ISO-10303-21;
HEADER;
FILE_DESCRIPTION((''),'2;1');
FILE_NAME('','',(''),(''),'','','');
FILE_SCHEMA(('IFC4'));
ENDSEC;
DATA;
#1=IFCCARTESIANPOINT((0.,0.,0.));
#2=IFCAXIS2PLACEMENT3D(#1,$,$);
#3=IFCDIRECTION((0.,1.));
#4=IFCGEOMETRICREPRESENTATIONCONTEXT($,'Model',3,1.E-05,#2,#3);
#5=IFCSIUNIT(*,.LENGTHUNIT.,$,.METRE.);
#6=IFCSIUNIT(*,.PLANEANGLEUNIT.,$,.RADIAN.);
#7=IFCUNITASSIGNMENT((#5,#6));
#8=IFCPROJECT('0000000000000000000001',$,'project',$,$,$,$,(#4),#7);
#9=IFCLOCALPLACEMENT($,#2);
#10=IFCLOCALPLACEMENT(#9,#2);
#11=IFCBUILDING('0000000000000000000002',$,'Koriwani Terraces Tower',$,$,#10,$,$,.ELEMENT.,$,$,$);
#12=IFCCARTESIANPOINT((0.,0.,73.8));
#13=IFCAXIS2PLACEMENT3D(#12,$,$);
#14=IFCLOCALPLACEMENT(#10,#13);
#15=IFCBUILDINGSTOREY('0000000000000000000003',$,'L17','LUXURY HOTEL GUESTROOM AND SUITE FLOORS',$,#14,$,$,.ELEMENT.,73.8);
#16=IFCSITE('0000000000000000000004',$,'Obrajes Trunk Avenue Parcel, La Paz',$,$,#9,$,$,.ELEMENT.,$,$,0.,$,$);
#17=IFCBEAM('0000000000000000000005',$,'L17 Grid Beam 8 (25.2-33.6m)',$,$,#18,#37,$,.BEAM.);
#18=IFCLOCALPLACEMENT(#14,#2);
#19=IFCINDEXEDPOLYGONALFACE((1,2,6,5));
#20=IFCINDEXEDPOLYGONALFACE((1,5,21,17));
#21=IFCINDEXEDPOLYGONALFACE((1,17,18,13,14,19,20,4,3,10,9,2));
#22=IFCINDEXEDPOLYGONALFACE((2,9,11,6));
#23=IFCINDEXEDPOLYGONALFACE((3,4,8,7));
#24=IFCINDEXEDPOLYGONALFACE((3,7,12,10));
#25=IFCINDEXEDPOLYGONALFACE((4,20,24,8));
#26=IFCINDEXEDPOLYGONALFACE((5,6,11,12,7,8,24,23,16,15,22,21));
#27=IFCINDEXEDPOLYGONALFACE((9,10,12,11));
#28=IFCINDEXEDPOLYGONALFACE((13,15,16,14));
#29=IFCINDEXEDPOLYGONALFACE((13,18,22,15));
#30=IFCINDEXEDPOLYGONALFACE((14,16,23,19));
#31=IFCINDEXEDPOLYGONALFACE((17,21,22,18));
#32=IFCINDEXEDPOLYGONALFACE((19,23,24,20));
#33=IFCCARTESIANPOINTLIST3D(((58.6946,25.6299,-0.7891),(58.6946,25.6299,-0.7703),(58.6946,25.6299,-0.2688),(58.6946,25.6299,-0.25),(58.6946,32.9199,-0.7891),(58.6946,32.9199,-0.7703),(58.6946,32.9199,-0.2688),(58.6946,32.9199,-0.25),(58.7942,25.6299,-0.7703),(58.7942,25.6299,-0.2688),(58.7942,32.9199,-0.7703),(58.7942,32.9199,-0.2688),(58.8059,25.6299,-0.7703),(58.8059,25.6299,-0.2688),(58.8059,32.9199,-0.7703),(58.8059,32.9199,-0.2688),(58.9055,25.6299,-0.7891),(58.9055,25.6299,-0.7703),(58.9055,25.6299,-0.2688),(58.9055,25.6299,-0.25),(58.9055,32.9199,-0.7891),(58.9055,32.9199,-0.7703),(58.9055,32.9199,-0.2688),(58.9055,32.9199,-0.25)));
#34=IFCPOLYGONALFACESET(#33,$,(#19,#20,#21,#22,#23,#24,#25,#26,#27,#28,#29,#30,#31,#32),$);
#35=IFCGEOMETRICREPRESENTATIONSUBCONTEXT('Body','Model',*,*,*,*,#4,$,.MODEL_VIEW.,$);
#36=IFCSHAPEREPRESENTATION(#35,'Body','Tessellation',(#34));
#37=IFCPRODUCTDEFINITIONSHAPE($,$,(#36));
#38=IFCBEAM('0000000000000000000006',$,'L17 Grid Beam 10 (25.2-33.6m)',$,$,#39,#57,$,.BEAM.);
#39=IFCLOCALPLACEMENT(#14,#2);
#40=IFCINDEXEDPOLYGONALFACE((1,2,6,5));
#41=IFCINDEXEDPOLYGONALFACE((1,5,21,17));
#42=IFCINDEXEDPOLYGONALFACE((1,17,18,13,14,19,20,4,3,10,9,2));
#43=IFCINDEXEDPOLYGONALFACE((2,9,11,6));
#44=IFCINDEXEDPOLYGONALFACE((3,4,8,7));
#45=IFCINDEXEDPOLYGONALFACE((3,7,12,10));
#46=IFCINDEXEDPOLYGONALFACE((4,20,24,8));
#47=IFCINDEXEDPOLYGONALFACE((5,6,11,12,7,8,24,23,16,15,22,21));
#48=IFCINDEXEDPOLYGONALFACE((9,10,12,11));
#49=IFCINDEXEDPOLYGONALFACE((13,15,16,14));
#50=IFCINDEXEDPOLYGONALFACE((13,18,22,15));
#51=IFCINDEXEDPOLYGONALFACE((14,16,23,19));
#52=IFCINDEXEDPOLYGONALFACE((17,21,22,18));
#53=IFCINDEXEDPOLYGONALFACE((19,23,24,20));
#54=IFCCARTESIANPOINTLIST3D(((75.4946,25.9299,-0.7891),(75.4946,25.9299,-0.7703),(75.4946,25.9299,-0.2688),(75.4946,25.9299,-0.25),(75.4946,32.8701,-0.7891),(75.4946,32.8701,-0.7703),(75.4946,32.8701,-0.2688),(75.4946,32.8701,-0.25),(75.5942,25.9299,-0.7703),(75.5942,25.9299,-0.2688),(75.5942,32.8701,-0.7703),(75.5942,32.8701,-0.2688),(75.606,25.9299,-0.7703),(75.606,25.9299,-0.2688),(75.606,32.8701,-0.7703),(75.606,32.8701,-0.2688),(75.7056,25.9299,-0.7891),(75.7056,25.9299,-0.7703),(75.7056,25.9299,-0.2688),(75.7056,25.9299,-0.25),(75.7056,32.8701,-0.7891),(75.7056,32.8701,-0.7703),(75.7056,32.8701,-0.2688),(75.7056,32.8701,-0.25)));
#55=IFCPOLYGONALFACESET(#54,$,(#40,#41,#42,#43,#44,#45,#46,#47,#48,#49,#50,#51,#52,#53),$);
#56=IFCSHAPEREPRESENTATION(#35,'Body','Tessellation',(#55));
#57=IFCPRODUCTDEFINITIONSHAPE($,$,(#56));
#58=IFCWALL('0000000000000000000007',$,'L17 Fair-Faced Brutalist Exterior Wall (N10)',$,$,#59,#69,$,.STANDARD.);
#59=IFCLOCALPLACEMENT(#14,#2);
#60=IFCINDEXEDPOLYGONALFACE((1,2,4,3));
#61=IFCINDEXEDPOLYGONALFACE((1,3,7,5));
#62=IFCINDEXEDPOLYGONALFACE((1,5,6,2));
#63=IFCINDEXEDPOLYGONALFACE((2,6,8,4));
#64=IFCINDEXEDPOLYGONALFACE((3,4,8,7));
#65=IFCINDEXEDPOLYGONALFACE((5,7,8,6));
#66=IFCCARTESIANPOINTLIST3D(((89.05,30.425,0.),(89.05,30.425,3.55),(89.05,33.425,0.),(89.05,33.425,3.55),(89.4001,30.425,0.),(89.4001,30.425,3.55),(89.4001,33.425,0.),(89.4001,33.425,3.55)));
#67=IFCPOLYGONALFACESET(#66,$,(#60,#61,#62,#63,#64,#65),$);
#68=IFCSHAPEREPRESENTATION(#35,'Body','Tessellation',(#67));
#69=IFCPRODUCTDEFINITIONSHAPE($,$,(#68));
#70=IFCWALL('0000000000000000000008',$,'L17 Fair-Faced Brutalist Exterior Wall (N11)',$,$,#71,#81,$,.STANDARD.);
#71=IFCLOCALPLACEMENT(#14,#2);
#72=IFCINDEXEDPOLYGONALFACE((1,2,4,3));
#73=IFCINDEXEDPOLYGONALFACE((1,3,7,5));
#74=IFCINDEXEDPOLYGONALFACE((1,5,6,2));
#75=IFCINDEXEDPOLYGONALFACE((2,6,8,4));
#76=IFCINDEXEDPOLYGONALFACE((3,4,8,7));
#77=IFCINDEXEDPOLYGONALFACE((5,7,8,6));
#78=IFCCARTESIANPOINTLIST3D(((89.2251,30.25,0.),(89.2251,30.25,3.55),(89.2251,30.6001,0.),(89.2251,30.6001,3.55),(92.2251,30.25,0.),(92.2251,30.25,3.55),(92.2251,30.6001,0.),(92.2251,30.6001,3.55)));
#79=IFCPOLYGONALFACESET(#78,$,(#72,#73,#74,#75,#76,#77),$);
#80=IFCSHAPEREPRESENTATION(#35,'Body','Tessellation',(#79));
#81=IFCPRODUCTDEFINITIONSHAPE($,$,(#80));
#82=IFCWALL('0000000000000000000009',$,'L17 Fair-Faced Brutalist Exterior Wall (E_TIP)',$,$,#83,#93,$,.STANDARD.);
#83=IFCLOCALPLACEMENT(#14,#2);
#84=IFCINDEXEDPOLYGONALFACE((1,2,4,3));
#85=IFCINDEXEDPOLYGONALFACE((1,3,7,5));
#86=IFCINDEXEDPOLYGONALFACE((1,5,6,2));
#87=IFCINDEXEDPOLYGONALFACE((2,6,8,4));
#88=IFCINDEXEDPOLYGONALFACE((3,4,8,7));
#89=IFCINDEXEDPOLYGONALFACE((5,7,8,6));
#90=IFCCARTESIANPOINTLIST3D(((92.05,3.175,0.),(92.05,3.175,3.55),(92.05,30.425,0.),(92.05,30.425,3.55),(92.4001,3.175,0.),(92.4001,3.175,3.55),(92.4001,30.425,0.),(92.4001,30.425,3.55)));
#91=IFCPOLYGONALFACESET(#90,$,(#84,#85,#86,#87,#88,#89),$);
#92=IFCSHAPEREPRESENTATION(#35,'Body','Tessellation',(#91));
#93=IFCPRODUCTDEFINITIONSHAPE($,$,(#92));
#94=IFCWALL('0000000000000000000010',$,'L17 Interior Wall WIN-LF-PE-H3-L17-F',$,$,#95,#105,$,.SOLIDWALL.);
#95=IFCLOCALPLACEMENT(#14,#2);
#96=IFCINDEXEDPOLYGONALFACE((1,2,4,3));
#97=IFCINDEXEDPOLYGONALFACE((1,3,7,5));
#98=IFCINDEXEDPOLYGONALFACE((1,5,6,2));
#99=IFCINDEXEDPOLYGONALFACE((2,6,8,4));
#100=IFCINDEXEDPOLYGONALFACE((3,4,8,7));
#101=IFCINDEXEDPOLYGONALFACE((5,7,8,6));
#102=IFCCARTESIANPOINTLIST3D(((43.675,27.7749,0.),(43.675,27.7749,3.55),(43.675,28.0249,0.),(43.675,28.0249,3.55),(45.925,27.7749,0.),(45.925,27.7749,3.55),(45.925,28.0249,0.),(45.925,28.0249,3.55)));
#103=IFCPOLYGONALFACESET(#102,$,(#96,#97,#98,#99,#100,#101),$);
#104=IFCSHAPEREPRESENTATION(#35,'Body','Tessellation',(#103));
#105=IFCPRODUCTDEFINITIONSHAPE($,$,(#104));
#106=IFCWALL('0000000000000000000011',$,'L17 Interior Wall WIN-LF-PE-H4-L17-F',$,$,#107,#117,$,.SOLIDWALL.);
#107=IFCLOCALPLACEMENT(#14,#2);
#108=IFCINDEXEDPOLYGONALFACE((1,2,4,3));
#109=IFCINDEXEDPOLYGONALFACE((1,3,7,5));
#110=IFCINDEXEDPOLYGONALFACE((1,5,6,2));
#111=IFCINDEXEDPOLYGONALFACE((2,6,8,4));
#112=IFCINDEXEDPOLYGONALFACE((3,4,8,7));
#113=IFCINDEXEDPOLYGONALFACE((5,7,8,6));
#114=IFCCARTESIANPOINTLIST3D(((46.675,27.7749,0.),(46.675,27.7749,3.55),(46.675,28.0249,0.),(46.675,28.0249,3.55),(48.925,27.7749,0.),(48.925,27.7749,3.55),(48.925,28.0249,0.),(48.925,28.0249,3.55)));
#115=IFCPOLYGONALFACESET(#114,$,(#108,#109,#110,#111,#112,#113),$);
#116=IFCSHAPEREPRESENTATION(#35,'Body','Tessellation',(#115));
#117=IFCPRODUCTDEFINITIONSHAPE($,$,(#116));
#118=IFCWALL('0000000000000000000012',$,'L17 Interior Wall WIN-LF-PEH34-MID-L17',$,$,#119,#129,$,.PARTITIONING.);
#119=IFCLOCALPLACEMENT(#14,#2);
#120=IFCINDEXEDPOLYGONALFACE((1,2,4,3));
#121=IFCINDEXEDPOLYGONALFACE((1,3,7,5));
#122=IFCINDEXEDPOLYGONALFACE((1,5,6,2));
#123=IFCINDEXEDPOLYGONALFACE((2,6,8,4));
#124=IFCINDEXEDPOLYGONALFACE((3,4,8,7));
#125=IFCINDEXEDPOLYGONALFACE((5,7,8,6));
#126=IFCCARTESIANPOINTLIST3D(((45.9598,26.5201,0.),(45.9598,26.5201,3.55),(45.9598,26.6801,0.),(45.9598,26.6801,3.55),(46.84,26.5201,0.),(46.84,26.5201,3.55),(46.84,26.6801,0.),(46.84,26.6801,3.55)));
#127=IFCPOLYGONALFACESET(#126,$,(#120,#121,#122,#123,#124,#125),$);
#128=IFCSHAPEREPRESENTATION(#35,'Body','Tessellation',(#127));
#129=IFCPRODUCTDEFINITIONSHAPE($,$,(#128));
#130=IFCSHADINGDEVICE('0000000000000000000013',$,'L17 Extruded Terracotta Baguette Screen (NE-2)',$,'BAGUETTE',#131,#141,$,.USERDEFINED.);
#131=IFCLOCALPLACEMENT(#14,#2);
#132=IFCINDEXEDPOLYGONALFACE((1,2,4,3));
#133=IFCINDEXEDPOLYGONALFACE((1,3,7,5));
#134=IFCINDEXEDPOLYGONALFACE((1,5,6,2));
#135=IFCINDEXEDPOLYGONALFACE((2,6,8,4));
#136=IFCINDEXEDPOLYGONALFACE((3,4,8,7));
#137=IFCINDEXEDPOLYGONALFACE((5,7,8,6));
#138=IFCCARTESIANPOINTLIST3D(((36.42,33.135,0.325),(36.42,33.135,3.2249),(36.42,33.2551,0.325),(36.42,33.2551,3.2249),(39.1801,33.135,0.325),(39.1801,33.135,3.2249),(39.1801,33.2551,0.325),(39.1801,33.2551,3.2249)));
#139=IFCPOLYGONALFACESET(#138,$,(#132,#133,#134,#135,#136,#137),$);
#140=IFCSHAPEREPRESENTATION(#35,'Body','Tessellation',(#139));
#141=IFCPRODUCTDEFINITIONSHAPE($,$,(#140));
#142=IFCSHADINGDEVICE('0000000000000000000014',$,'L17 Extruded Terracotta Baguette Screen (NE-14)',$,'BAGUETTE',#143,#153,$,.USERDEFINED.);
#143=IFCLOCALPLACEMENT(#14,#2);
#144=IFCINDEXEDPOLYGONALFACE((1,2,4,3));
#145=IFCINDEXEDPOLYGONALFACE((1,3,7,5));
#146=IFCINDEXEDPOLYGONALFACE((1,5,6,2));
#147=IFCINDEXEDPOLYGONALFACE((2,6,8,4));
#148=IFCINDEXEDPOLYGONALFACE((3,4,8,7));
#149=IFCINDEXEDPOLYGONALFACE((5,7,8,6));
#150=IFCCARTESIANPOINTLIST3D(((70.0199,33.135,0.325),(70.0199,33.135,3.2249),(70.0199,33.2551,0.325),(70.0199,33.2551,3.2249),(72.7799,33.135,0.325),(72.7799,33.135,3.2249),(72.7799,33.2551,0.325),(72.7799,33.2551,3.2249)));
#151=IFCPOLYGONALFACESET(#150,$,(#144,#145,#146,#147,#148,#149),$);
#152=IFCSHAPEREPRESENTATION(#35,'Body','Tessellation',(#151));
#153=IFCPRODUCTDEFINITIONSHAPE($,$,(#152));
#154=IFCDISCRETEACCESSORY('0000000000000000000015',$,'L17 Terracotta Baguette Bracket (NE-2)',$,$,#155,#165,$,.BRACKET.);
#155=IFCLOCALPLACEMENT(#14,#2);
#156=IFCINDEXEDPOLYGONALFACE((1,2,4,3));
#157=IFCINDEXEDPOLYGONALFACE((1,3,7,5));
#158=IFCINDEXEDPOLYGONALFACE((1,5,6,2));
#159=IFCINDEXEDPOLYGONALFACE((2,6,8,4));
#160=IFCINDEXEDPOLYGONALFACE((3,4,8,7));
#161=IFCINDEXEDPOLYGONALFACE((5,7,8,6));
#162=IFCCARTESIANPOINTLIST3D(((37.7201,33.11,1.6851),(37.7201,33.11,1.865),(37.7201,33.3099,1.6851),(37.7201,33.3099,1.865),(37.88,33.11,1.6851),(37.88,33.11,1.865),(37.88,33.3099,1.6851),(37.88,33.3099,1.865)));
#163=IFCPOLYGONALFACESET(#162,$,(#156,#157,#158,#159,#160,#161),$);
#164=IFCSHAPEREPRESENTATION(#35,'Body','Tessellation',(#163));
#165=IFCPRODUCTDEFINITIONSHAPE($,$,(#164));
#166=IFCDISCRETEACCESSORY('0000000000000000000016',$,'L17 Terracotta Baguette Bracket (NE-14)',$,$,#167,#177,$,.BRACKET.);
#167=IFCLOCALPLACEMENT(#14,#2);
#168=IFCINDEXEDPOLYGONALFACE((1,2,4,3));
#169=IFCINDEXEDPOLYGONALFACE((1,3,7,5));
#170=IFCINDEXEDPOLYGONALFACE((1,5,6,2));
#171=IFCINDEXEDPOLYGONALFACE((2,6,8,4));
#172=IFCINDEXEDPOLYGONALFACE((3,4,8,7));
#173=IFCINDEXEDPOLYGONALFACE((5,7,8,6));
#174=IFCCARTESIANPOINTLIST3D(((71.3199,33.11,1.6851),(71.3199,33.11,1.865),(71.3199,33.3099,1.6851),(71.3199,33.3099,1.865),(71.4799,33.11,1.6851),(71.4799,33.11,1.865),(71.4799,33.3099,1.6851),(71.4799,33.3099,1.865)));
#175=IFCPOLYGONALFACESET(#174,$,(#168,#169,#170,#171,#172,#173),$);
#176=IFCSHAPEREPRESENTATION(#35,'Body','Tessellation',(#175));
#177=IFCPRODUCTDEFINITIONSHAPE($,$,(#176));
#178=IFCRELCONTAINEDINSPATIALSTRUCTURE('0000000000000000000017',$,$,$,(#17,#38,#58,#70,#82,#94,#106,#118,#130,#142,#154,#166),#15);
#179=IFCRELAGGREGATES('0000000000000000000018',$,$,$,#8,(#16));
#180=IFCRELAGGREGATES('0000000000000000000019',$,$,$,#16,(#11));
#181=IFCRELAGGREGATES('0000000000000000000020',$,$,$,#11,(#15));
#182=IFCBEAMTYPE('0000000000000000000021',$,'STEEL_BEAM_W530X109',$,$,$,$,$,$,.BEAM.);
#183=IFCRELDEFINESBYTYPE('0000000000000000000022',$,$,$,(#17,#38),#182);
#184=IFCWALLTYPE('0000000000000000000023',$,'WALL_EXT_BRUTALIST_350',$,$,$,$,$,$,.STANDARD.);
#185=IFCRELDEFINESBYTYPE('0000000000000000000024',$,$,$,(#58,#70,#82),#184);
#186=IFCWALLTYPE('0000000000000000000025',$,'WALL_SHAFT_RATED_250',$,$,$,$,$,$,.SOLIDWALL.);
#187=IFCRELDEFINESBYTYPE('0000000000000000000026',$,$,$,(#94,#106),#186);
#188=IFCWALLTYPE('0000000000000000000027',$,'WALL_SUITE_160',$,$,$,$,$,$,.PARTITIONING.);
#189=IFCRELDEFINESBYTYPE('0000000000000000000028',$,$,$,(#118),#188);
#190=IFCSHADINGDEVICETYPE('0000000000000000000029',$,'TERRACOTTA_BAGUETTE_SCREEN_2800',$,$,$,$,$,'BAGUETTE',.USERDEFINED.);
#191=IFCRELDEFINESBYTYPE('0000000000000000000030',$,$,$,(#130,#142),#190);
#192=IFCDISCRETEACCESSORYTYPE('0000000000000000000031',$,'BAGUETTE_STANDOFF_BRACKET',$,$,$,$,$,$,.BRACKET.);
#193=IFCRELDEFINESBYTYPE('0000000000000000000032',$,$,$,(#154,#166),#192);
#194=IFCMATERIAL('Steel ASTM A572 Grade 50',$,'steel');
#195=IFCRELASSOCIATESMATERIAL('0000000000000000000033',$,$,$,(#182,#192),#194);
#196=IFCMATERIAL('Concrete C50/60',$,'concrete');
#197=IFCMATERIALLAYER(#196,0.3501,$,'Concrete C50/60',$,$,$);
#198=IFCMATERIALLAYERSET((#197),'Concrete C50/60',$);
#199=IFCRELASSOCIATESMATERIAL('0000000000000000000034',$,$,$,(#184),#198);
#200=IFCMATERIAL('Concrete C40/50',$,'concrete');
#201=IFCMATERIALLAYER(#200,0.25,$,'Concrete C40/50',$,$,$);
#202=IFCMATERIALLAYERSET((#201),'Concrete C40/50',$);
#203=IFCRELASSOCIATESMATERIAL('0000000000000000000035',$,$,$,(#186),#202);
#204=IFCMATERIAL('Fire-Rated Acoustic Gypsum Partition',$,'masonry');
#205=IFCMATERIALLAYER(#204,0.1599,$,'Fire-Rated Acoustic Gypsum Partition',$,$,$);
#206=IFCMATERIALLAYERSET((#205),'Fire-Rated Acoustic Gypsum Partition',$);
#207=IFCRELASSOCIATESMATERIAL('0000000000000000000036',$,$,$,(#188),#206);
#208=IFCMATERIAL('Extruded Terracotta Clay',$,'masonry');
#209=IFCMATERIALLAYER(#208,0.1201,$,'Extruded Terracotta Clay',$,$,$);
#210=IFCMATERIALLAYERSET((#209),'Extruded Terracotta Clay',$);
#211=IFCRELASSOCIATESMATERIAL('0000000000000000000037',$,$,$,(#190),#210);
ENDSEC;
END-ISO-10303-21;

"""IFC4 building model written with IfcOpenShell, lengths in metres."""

from ifc_helpers import new_model, si_unit, direction, frame, frame_2d, origin, origin_2d, place, context, subcontext, project, spatial, rectangle, i_section, extrude, material, layer, layer_set, material_profile, profile_set, type_object, element, save


model = new_model("IFC4")

# Units and contexts
model_context = context("Model", 3, precision=1e-05, world=origin(), true_north=direction((0.0, 1.0)))
body_context = subcontext(model_context, "Body", "Model", "MODEL_VIEW")
ifc_project = project(units=[si_unit("LENGTHUNIT", "METRE"), si_unit("PLANEANGLEUNIT", "RADIAN")], contexts=[model_context])

# Site, building, storey
site_placement = place(None, origin())
site = spatial("IfcSite", under=ifc_project, at=site_placement, Name="Obrajes Trunk Avenue Parcel, La Paz", CompositionType="ELEMENT", RefElevation=0.0)
building_placement = place(site_placement, origin())
building = spatial("IfcBuilding", under=site, at=building_placement, Name="Koriwani Terraces Tower", CompositionType="ELEMENT")
storey_placement = place(building_placement, frame((0.0, 0.0, 73.8)))
storey = spatial("IfcBuildingStorey", under=building, at=storey_placement, Name="L17", Description="LUXURY HOTEL GUESTROOM AND SUITE FLOORS", CompositionType="ELEMENT", Elevation=73.8)

# Beams
ifc_material_1 = material(Name="Concrete C40/50", Category="concrete")
ifc_material_2 = material(Name="Concrete C50/60", Category="concrete")
ifc_material_3 = material(Name="Steel ASTM A572 Grade 50", Category="steel")
ifc_material_profile_1 = material_profile(ifc_material_3, i_section(OverallWidth=0.2109, OverallDepth=0.5391, WebThickness=0.0117, FlangeThickness=0.0188, at=origin_2d()), Name="Steel ASTM A572 Grade 50", Category="LoadBearing")
ifc_profile_set_1 = profile_set([ifc_material_profile_1], Name="Steel ASTM A572 Grade 50")
beam_type_1 = type_object("IfcBeamType", Name="STEEL_BEAM_W530X109", PredefinedType="BEAM", material=ifc_profile_set_1)
beam_1_placement = place(storey_placement, frame((58.8, 25.6299, -0.5195), z_axis=(0.0, 1.0, 0.0), x_axis=(-1.0, 0.0, 0.0)))
element("IfcBeam", 1, at=beam_1_placement, inside=storey, type_object=beam_type_1, Name="L17 Grid Beam 8 (25.2-33.6m)", PredefinedType="BEAM", context=body_context, shape_type="SweptSolid", body=[
    extrude(i_section(OverallWidth=0.2109, OverallDepth=0.5391, WebThickness=0.0117, FlangeThickness=0.0188, at=origin_2d()), origin(), (0.0, 0.0, 1.0), 7.29),
])
beam_2_placement = place(storey_placement, frame((75.6001, 25.9299, -0.5195), z_axis=(0.0, 1.0, 0.0), x_axis=(-1.0, 0.0, 0.0)))
element("IfcBeam", 2, at=beam_2_placement, inside=storey, type_object=beam_type_1, Name="L17 Grid Beam 10 (25.2-33.6m)", PredefinedType="BEAM", context=body_context, shape_type="SweptSolid", body=[
    extrude(i_section(OverallWidth=0.2109, OverallDepth=0.5391, WebThickness=0.0117, FlangeThickness=0.0188, at=origin_2d()), origin(), (0.0, 0.0, 1.0), 6.9402),
])

# Walls
ifc_layer_1 = layer(ifc_material_2, 0.3501, Name="Concrete C50/60")
ifc_layer_set_1 = layer_set([ifc_layer_1], Name="Concrete C50/60")
wall_type_1 = type_object("IfcWallType", Name="WALL_EXT_BRUTALIST_350", PredefinedType="STANDARD", material=ifc_layer_set_1)
for number, where, z_axis, x_axis, name in (
    (3, (89.2251, 33.425, 0.0), (0.0, 0.0, 1.0), (0.0, -1.0, 0.0), "L17 Fair-Faced Brutalist Exterior Wall (N10)"),
    (4, (89.2251, 30.425, 0.0), (0.0, 0.0, 1.0), (1.0, 0.0, 0.0), "L17 Fair-Faced Brutalist Exterior Wall (N11)"),
):
    element("IfcWall", number, at=place(storey_placement, frame(where, z_axis=z_axis, x_axis=x_axis)), inside=storey, type_object=wall_type_1, Name=name, PredefinedType="STANDARD", context=body_context, shape_type="SweptSolid", body=[
        extrude(rectangle(XDim=3.0, YDim=0.3501, at=frame_2d((1.5, 0.0))), origin(), (0.0, 0.0, 1.0), 3.55),
    ])
wall_1_placement = place(storey_placement, frame((92.2251, 30.425, 0.0), z_axis=(0.0, 0.0, 1.0), x_axis=(0.0, -1.0, 0.0)))
element("IfcWall", 5, at=wall_1_placement, inside=storey, type_object=wall_type_1, Name="L17 Fair-Faced Brutalist Exterior Wall (E_TIP)", PredefinedType="STANDARD", context=body_context, shape_type="SweptSolid", body=[
    extrude(rectangle(XDim=27.25, YDim=0.3501, at=frame_2d((13.625, 0.0))), origin(), (0.0, 0.0, 1.0), 3.55),
])
ifc_layer_2 = layer(ifc_material_1, 0.25, Name="Concrete C40/50")
ifc_layer_set_2 = layer_set([ifc_layer_2], Name="Concrete C40/50")
wall_type_2 = type_object("IfcWallType", Name="WALL_SHAFT_RATED_250", PredefinedType="SOLIDWALL", material=ifc_layer_set_2)
for number, where, z_axis, x_axis, name in (
    (6, (43.675, 27.8999, 0.0), (0.0, 0.0, 1.0), (1.0, 0.0, 0.0), "L17 Interior Wall WIN-LF-PE-H3-L17-F"),
    (7, (46.675, 27.8999, 0.0), (0.0, 0.0, 1.0), (1.0, 0.0, 0.0), "L17 Interior Wall WIN-LF-PE-H4-L17-F"),
):
    element("IfcWall", number, at=place(storey_placement, frame(where, z_axis=z_axis, x_axis=x_axis)), inside=storey, type_object=wall_type_2, Name=name, PredefinedType="SOLIDWALL", context=body_context, shape_type="SweptSolid", body=[
        extrude(rectangle(XDim=2.25, YDim=0.25, at=frame_2d((1.125, 0.0))), origin(), (0.0, 0.0, 1.0), 3.55),
    ])
ifc_material_4 = material(Name="Fire-Rated Acoustic Gypsum Partition", Category="masonry")
ifc_layer_3 = layer(ifc_material_4, 0.1599, Name="Fire-Rated Acoustic Gypsum Partition")
ifc_layer_set_3 = layer_set([ifc_layer_3], Name="Fire-Rated Acoustic Gypsum Partition")
wall_type_3 = type_object("IfcWallType", Name="WALL_SUITE_160", PredefinedType="PARTITIONING", material=ifc_layer_set_3)
wall_2_placement = place(storey_placement, frame((45.96, 26.6001, 0.0), z_axis=(0.0, 0.0, 1.0), x_axis=(1.0, 0.0, 0.0)))
element("IfcWall", 8, at=wall_2_placement, inside=storey, type_object=wall_type_3, Name="L17 Interior Wall WIN-LF-PEH34-MID-L17", PredefinedType="PARTITIONING", context=body_context, shape_type="SweptSolid", body=[
    extrude(rectangle(XDim=0.8801, YDim=0.1599, at=frame_2d((0.4399, 0.0))), origin(), (0.0, 0.0, 1.0), 3.55),
])

# Shading devices
ifc_material_5 = material(Name="Extruded Terracotta Clay", Category="masonry")
ifc_layer_4 = layer(ifc_material_5, 0.1201, Name="Extruded Terracotta Clay")
ifc_layer_set_4 = layer_set([ifc_layer_4], Name="Extruded Terracotta Clay")
shading_device_type = type_object("IfcShadingDeviceType", Name="TERRACOTTA_BAGUETTE_SCREEN_2800", ElementType="BAGUETTE", PredefinedType="USERDEFINED", material=ifc_layer_set_4)
for number, where, z_axis, x_axis, name in (
    (9, (37.8, 33.1951, 0.325), (0.0, 0.0, 1.0), (1.0, 0.0, 0.0), "L17 Extruded Terracotta Baguette Screen (NE-2)"),
    (10, (71.3999, 33.1951, 0.325), (0.0, 0.0, 1.0), (1.0, 0.0, 0.0), "L17 Extruded Terracotta Baguette Screen (NE-14)"),
):
    element("IfcShadingDevice", number, at=place(storey_placement, frame(where, z_axis=z_axis, x_axis=x_axis)), inside=storey, type_object=shading_device_type, Name=name, ObjectType="BAGUETTE", PredefinedType="USERDEFINED", context=body_context, shape_type="SweptSolid", body=[
        extrude(rectangle(XDim=2.76, YDim=0.1201, at=origin_2d()), origin(), (0.0, 0.0, 1.0), 2.8999),
    ])

# Discrete accessories
discrete_accessory_type = type_object("IfcDiscreteAccessoryType", Name="BAGUETTE_STANDOFF_BRACKET", PredefinedType="BRACKET", material=ifc_material_3)
for number, where, z_axis, x_axis, name in (
    (11, (37.8, 33.21, 1.6851), (0.0, 0.0, 1.0), (1.0, 0.0, 0.0), "L17 Terracotta Baguette Bracket (NE-2)"),
    (12, (71.3999, 33.21, 1.6851), (0.0, 0.0, 1.0), (1.0, 0.0, 0.0), "L17 Terracotta Baguette Bracket (NE-14)"),
):
    element("IfcDiscreteAccessory", number, at=place(storey_placement, frame(where, z_axis=z_axis, x_axis=x_axis)), inside=storey, type_object=discrete_accessory_type, Name=name, PredefinedType="BRACKET", context=body_context, shape_type="SweptSolid", body=[
        extrude(rectangle(XDim=0.1599, YDim=0.2, at=origin_2d()), origin(), (0.0, 0.0, 1.0), 0.1799),
    ])

save(model, "model.ifc")
